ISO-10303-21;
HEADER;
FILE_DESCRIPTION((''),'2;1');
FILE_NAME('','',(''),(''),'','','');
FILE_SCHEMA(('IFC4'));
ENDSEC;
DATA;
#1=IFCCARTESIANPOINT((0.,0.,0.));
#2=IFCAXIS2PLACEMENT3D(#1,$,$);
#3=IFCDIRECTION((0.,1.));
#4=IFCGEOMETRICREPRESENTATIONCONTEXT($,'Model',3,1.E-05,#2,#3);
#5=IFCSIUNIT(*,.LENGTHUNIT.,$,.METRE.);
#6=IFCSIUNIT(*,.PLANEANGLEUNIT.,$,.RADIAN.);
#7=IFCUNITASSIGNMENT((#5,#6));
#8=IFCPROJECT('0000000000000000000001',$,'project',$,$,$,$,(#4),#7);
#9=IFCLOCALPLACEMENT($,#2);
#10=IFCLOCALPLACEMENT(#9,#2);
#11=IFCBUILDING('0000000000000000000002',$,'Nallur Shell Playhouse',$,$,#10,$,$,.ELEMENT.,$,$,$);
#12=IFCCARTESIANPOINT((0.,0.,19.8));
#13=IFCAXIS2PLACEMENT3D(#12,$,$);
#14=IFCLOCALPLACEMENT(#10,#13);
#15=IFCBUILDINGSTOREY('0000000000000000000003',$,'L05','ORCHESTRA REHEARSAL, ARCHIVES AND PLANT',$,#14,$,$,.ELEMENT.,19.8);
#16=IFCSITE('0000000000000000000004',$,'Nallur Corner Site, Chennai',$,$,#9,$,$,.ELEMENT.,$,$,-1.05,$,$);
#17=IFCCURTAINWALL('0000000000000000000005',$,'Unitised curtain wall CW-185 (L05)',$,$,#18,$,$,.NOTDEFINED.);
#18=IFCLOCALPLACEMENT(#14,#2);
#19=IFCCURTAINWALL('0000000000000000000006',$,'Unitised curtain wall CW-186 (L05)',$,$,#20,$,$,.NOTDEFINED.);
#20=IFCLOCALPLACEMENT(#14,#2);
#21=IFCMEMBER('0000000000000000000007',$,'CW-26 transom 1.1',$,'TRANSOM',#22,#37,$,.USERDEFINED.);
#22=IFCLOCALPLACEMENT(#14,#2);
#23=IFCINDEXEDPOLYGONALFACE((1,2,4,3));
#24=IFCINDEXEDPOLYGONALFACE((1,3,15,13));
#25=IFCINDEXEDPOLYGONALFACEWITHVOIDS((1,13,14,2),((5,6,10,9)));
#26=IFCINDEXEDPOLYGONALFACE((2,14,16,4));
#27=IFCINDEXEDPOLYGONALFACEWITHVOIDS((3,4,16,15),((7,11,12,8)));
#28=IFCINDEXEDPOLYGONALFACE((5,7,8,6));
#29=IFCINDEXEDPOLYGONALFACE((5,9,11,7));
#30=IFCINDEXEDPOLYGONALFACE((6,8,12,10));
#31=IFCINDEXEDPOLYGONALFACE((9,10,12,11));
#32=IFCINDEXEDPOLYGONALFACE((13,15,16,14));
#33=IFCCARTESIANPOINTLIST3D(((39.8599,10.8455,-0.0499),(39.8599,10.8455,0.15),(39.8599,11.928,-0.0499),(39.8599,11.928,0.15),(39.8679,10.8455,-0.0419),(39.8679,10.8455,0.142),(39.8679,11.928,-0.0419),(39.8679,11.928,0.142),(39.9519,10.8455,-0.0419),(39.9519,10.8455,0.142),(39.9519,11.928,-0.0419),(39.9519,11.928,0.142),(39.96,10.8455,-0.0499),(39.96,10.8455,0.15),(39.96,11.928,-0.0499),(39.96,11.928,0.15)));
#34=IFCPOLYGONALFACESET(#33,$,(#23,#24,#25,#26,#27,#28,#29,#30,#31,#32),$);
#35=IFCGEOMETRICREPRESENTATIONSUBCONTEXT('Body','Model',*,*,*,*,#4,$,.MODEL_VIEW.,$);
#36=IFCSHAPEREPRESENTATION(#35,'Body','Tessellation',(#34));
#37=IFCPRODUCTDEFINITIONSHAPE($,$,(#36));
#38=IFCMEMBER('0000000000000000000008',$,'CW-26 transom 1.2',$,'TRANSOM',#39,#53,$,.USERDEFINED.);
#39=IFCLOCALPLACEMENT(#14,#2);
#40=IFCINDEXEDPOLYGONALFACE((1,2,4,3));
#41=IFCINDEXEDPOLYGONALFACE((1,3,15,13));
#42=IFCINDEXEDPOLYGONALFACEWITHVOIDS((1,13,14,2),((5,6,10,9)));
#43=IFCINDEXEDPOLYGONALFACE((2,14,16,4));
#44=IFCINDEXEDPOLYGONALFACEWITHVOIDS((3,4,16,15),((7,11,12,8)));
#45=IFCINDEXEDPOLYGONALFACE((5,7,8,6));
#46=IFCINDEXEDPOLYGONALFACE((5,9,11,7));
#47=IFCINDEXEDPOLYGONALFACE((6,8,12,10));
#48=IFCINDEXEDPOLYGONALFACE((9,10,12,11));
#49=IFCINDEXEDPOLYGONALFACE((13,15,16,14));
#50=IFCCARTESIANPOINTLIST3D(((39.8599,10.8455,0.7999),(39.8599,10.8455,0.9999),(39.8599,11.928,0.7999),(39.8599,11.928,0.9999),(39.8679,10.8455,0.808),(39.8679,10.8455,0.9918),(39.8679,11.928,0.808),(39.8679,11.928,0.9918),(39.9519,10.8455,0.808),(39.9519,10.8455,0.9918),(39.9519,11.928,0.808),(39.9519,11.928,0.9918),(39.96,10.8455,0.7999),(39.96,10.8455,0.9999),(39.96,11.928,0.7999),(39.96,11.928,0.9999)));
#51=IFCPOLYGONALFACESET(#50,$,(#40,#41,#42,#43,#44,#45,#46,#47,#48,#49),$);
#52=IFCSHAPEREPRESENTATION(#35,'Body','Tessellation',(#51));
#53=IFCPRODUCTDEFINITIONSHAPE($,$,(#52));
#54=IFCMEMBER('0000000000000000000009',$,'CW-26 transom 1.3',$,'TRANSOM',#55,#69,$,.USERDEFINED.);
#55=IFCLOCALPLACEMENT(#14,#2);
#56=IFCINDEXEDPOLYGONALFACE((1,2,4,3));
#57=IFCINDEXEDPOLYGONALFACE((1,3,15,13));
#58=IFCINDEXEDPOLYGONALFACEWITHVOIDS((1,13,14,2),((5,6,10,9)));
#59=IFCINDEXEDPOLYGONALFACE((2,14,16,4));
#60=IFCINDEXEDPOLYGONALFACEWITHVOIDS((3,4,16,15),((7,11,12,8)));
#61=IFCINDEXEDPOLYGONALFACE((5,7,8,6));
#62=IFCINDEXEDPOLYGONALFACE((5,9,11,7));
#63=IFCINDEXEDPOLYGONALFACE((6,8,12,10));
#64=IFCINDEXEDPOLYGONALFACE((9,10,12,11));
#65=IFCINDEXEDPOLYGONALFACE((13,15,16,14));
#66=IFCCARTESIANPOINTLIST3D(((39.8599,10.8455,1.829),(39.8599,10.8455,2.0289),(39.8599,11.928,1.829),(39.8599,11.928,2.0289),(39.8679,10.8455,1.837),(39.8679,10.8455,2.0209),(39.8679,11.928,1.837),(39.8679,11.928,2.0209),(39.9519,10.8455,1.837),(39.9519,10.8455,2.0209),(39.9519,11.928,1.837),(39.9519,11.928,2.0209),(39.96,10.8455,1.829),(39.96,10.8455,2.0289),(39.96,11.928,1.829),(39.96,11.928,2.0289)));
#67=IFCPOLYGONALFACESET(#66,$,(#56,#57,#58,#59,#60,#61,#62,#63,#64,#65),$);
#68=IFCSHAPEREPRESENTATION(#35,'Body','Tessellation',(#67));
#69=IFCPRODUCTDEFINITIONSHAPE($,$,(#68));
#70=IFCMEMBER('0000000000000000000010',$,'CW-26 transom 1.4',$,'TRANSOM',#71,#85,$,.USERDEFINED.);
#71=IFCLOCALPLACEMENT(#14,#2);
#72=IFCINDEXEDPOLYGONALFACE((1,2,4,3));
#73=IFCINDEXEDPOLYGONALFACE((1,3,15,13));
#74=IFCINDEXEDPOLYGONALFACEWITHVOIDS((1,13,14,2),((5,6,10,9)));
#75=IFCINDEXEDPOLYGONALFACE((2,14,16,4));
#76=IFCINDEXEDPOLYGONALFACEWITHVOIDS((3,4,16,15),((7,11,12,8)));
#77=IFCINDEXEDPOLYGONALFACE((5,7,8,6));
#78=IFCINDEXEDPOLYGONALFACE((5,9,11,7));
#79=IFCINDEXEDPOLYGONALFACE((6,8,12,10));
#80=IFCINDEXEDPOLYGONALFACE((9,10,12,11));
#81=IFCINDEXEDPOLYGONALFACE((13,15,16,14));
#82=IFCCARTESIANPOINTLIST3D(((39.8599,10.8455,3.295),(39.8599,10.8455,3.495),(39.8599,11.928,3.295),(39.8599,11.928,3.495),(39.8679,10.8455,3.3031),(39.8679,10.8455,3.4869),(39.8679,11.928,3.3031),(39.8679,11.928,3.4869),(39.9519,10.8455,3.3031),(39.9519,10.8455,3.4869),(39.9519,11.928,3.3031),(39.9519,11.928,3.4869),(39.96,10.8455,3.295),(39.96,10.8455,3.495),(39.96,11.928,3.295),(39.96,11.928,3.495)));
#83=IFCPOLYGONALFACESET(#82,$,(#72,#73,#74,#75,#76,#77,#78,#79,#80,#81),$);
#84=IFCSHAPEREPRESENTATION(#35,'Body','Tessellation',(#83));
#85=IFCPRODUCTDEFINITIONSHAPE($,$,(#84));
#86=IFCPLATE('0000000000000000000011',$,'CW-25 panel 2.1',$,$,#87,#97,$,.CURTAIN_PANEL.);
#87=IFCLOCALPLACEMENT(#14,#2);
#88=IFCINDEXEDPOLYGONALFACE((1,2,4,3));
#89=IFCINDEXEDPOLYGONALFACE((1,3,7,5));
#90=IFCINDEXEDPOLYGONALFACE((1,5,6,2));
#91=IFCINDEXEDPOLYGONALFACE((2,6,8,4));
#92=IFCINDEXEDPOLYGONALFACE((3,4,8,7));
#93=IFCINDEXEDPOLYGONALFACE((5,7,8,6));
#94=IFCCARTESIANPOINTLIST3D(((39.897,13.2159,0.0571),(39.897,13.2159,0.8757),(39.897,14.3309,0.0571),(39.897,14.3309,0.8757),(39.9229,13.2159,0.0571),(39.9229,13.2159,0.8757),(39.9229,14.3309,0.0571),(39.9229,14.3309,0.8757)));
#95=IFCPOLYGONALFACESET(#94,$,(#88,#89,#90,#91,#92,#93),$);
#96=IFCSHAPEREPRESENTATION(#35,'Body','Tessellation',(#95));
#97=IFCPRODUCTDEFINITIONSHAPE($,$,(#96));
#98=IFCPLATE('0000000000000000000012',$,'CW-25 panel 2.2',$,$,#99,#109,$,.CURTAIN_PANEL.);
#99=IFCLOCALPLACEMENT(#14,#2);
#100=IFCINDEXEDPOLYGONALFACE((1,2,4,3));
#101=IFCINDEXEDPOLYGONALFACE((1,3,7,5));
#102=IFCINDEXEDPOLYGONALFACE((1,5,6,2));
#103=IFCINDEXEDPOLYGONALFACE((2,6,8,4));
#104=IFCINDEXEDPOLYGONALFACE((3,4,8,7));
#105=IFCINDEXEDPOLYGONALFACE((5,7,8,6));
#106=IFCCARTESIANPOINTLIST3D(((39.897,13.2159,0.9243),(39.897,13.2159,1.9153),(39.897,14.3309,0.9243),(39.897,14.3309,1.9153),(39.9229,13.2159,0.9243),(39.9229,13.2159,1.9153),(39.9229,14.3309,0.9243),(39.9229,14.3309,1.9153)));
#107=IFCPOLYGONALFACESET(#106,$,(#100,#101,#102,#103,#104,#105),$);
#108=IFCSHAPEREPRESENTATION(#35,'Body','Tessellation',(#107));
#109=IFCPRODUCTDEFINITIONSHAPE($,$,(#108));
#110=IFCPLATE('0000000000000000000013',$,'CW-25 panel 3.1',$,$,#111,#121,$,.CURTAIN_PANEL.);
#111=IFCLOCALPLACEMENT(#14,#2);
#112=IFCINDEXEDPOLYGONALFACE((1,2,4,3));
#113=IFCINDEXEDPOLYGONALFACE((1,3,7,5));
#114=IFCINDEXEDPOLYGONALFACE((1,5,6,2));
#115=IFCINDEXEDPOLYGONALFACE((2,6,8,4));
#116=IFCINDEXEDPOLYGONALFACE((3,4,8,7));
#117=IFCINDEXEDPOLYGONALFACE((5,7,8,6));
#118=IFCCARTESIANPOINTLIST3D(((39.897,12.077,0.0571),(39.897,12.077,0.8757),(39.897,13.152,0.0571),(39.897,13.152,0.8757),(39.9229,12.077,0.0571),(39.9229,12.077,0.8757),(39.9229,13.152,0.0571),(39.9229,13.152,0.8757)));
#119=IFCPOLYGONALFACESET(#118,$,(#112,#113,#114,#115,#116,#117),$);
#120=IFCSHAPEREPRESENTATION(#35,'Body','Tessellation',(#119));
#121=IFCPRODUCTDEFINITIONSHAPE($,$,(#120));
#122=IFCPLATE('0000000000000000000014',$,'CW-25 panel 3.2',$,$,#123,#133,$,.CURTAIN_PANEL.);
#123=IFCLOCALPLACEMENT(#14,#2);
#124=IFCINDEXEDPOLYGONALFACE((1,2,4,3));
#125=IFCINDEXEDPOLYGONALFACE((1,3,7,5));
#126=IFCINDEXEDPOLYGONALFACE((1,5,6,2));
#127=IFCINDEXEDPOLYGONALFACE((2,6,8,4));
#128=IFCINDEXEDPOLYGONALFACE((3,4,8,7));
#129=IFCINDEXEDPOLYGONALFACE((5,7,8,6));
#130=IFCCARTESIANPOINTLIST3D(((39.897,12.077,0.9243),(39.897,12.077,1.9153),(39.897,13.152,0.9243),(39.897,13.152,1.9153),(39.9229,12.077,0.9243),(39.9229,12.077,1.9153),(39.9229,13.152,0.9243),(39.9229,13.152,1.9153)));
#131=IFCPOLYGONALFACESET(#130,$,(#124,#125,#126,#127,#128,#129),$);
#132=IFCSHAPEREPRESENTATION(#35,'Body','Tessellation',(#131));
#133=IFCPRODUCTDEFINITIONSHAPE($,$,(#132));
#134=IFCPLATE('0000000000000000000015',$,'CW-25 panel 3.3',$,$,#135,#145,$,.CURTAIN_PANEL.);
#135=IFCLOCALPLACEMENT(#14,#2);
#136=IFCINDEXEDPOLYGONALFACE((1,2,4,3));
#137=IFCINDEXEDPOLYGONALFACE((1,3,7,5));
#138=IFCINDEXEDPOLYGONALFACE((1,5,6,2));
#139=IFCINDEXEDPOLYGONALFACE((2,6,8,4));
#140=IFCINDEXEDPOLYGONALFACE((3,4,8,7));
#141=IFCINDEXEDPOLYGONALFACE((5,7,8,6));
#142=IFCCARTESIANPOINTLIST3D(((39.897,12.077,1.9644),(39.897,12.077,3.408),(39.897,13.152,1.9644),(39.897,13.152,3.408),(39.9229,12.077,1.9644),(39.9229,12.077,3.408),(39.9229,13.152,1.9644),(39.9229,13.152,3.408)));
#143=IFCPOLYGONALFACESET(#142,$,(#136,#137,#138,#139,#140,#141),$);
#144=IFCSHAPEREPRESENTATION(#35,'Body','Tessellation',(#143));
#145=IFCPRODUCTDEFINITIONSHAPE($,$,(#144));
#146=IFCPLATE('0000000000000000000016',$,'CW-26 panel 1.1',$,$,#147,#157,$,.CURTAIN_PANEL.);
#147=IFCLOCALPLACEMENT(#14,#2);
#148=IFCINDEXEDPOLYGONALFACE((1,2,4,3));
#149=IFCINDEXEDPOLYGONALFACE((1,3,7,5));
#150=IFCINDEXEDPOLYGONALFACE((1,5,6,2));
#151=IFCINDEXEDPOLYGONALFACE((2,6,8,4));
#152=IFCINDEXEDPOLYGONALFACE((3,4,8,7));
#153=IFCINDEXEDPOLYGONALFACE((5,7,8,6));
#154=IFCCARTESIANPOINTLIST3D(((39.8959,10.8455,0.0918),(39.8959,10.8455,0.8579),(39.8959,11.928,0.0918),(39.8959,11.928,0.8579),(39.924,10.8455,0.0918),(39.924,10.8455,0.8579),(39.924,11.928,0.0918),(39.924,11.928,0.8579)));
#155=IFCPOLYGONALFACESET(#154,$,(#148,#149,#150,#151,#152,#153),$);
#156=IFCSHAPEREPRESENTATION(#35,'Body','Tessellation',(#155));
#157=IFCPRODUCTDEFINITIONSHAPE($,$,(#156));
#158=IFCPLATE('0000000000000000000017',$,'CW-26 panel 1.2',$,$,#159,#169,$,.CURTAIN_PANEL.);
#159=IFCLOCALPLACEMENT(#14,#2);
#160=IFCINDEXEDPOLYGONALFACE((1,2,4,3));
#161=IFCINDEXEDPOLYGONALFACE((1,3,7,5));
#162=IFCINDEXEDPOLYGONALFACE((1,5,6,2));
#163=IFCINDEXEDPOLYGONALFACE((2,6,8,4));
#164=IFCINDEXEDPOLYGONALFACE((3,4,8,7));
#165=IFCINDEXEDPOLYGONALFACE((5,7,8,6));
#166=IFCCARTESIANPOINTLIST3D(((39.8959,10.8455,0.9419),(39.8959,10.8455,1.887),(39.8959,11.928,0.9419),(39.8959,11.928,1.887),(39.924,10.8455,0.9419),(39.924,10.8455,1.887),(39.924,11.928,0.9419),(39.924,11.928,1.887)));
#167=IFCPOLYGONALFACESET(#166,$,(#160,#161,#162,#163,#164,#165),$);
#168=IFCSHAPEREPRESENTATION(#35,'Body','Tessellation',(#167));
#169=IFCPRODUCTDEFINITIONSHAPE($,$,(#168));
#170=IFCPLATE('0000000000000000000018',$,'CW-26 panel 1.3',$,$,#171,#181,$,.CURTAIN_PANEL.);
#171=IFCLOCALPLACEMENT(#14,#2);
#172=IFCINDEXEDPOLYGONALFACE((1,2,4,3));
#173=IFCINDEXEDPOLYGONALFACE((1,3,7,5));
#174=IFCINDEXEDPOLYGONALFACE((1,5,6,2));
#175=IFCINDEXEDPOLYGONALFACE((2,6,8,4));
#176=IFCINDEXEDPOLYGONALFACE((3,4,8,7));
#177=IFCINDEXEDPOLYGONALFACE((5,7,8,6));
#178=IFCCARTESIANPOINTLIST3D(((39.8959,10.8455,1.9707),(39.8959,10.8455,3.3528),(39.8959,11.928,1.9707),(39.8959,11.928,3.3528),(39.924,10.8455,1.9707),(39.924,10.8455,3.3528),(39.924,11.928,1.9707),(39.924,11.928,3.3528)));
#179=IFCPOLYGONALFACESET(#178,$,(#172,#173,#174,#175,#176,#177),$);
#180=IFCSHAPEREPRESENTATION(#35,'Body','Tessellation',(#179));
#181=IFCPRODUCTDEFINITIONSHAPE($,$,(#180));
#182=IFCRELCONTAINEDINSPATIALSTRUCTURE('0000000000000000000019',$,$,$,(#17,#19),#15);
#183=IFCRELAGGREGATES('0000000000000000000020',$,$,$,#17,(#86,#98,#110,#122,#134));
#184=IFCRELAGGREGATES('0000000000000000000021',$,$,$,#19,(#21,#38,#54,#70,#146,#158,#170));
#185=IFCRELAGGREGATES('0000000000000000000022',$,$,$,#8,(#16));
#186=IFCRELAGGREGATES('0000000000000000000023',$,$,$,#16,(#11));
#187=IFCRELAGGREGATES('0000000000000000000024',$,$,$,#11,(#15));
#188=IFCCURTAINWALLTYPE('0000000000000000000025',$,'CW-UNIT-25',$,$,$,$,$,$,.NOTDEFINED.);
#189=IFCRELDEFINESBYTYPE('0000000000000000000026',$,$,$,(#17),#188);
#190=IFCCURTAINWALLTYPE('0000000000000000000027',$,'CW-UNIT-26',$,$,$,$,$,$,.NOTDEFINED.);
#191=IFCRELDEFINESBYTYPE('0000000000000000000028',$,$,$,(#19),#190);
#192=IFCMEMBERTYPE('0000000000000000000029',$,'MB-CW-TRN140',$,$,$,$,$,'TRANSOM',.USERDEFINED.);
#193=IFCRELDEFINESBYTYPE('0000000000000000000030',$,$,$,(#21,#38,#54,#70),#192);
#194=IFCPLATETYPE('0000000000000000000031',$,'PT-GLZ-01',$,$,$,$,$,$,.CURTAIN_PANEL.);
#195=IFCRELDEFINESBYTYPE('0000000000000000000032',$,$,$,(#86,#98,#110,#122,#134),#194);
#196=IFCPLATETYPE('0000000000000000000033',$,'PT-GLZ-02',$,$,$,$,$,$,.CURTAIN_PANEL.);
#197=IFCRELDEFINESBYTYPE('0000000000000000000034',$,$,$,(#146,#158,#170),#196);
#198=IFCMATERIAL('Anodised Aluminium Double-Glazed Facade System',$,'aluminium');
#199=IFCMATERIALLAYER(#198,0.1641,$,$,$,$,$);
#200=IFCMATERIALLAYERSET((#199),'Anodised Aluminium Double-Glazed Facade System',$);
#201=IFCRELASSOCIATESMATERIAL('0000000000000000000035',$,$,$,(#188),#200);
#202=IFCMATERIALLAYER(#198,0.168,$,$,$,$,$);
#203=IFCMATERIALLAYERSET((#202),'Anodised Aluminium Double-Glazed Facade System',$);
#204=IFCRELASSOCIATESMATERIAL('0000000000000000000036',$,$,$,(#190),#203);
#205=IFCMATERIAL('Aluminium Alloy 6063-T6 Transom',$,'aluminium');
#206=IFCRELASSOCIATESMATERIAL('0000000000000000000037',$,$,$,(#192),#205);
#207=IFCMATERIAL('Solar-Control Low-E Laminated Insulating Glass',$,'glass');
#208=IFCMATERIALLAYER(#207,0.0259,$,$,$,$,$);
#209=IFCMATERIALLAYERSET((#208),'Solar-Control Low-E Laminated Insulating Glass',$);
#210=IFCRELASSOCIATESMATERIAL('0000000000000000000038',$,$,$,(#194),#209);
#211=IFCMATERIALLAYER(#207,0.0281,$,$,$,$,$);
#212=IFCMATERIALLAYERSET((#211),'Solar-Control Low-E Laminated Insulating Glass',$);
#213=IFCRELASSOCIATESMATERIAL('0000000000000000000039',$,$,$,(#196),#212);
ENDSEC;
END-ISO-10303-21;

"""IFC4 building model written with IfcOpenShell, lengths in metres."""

from ifc_helpers import new_model, si_unit, direction, frame, origin, origin_2d, place, context, subcontext, project, spatial, rectangle, hollow_rectangle, extrude, material, layer, layer_set, material_profile, profile_set, type_object, element, aggregate, save


model = new_model("IFC4")

# Units and contexts
model_context = context("Model", 3, precision=1e-05, world=origin(), true_north=direction((0.0, 1.0)))
body_context = subcontext(model_context, "Body", "Model", "MODEL_VIEW")
ifc_project = project(units=[si_unit("LENGTHUNIT", "METRE"), si_unit("PLANEANGLEUNIT", "RADIAN")], contexts=[model_context])

# Site, building, storey
site_placement = place(None, origin())
site = spatial("IfcSite", under=ifc_project, at=site_placement, Name="Nallur Corner Site, Chennai", CompositionType="ELEMENT", RefElevation=-1.05)
building_placement = place(site_placement, origin())
building = spatial("IfcBuilding", under=site, at=building_placement, Name="Nallur Shell Playhouse", CompositionType="ELEMENT")
storey_placement = place(building_placement, frame((0.0, 0.0, 19.8)))
storey = spatial("IfcBuildingStorey", under=building, at=storey_placement, Name="L05", Description="ORCHESTRA REHEARSAL, ARCHIVES AND PLANT", CompositionType="ELEMENT", Elevation=19.8)

# Curtain walls
ifc_material_1 = material(Name="Anodised Aluminium Double-Glazed Facade System", Category="aluminium")
ifc_layer_1 = layer(ifc_material_1, 0.1641)
ifc_layer_set_1 = layer_set([ifc_layer_1], Name="Anodised Aluminium Double-Glazed Facade System")
curtain_wall_type_1 = type_object("IfcCurtainWallType", Name="CW-UNIT-25", PredefinedType="NOTDEFINED", material=ifc_layer_set_1)
curtain_wall_1_placement = place(storey_placement, origin())
curtain_wall_1 = element("IfcCurtainWall", 1, at=curtain_wall_1_placement, inside=storey, type_object=curtain_wall_type_1, Name="Unitised curtain wall CW-185 (L05)", PredefinedType="NOTDEFINED")
ifc_layer_2 = layer(ifc_material_1, 0.168)
ifc_layer_set_2 = layer_set([ifc_layer_2], Name="Anodised Aluminium Double-Glazed Facade System")
curtain_wall_type_2 = type_object("IfcCurtainWallType", Name="CW-UNIT-26", PredefinedType="NOTDEFINED", material=ifc_layer_set_2)
curtain_wall_2_placement = place(storey_placement, origin())
curtain_wall_2 = element("IfcCurtainWall", 2, at=curtain_wall_2_placement, inside=storey, type_object=curtain_wall_type_2, Name="Unitised curtain wall CW-186 (L05)", PredefinedType="NOTDEFINED")

# Members
ifc_material_2 = material(Name="Aluminium Alloy 6063-T6 Transom", Category="aluminium")
ifc_material_profile_1 = material_profile(ifc_material_2, hollow_rectangle(XDim=0.1001, YDim=0.2, WallThickness=0.0081, at=origin_2d()), Name="RHS 200x100x8")
ifc_profile_set_1 = profile_set([ifc_material_profile_1], Name="Aluminium Alloy 6063-T6 Transom")
member_type_1 = type_object("IfcMemberType", Name="MB-CW-TRN140", ElementType="TRANSOM", PredefinedType="USERDEFINED", material=ifc_profile_set_1)
member_1_placement = place(storey_placement, frame((39.9099, 11.928, 0.05), z_axis=(0.0, -1.0, 0.0), x_axis=(1.0, 0.0, 0.0)))
member_1 = element("IfcMember", 3, at=member_1_placement, type_object=member_type_1, Name="CW-26 transom 1.1", ObjectType="TRANSOM", PredefinedType="USERDEFINED", context=body_context, shape_type="SweptSolid", body=[
    extrude(hollow_rectangle(XDim=0.1001, YDim=0.2, WallThickness=0.0081, at=origin_2d()), origin(), (0.0, 0.0, 1.0), 1.0825),
])
member_2_placement = place(storey_placement, frame((39.9099, 11.928, 0.8999), z_axis=(0.0, -1.0, 0.0), x_axis=(1.0, 0.0, 0.0)))
member_2 = element("IfcMember", 4, at=member_2_placement, type_object=member_type_1, Name="CW-26 transom 1.2", ObjectType="TRANSOM", PredefinedType="USERDEFINED", context=body_context, shape_type="SweptSolid", body=[
    extrude(hollow_rectangle(XDim=0.1001, YDim=0.2, WallThickness=0.0081, at=origin_2d()), origin(), (0.0, 0.0, 1.0), 1.0825),
])
member_3_placement = place(storey_placement, frame((39.9099, 11.928, 1.929), z_axis=(0.0, -1.0, 0.0), x_axis=(1.0, 0.0, 0.0)))
member_3 = element("IfcMember", 5, at=member_3_placement, type_object=member_type_1, Name="CW-26 transom 1.3", ObjectType="TRANSOM", PredefinedType="USERDEFINED", context=body_context, shape_type="SweptSolid", body=[
    extrude(hollow_rectangle(XDim=0.1001, YDim=0.2, WallThickness=0.0081, at=origin_2d()), origin(), (0.0, 0.0, 1.0), 1.0825),
])
member_4_placement = place(storey_placement, frame((39.9099, 11.928, 3.395), z_axis=(0.0, -1.0, 0.0), x_axis=(1.0, 0.0, 0.0)))
member_4 = element("IfcMember", 6, at=member_4_placement, type_object=member_type_1, Name="CW-26 transom 1.4", ObjectType="TRANSOM", PredefinedType="USERDEFINED", context=body_context, shape_type="SweptSolid", body=[
    extrude(hollow_rectangle(XDim=0.1001, YDim=0.2, WallThickness=0.0081, at=origin_2d()), origin(), (0.0, 0.0, 1.0), 1.0825),
])

# Plates
ifc_material_3 = material(Name="Solar-Control Low-E Laminated Insulating Glass", Category="glass")
ifc_layer_3 = layer(ifc_material_3, 0.0259)
ifc_layer_set_3 = layer_set([ifc_layer_3], Name="Solar-Control Low-E Laminated Insulating Glass")
plate_type_1 = type_object("IfcPlateType", Name="PT-GLZ-01", PredefinedType="CURTAIN_PANEL", material=ifc_layer_set_3)
plate_1_placement = place(storey_placement, frame((39.9099, 13.7734, 0.0571), z_axis=(0.0, 0.0, 1.0), x_axis=(0.0, -1.0, 0.0)))
plate_1 = element("IfcPlate", 7, at=plate_1_placement, type_object=plate_type_1, Name="CW-25 panel 2.1", PredefinedType="CURTAIN_PANEL", context=body_context, shape_type="SweptSolid", body=[
    extrude(rectangle(XDim=1.115, YDim=0.0259, at=origin_2d()), origin(), (0.0, 0.0, 1.0), 0.8186),
])
plate_2_placement = place(storey_placement, frame((39.9099, 13.7734, 0.9243), z_axis=(0.0, 0.0, 1.0), x_axis=(0.0, -1.0, 0.0)))
plate_2 = element("IfcPlate", 8, at=plate_2_placement, type_object=plate_type_1, Name="CW-25 panel 2.2", PredefinedType="CURTAIN_PANEL", context=body_context, shape_type="SweptSolid", body=[
    extrude(rectangle(XDim=1.115, YDim=0.0259, at=origin_2d()), origin(), (0.0, 0.0, 1.0), 0.991),
])
plate_3_placement = place(storey_placement, frame((39.9099, 12.6145, 0.0571), z_axis=(0.0, 0.0, 1.0), x_axis=(0.0, -1.0, 0.0)))
plate_3 = element("IfcPlate", 9, at=plate_3_placement, type_object=plate_type_1, Name="CW-25 panel 3.1", PredefinedType="CURTAIN_PANEL", context=body_context, shape_type="SweptSolid", body=[
    extrude(rectangle(XDim=1.075, YDim=0.0259, at=origin_2d()), origin(), (0.0, 0.0, 1.0), 0.8186),
])
plate_4_placement = place(storey_placement, frame((39.9099, 12.6145, 0.9243), z_axis=(0.0, 0.0, 1.0), x_axis=(0.0, -1.0, 0.0)))
plate_4 = element("IfcPlate", 10, at=plate_4_placement, type_object=plate_type_1, Name="CW-25 panel 3.2", PredefinedType="CURTAIN_PANEL", context=body_context, shape_type="SweptSolid", body=[
    extrude(rectangle(XDim=1.075, YDim=0.0259, at=origin_2d()), origin(), (0.0, 0.0, 1.0), 0.991),
])
plate_5_placement = place(storey_placement, frame((39.9099, 12.6145, 1.9644), z_axis=(0.0, 0.0, 1.0), x_axis=(0.0, -1.0, 0.0)))
plate_5 = element("IfcPlate", 11, at=plate_5_placement, type_object=plate_type_1, Name="CW-25 panel 3.3", PredefinedType="CURTAIN_PANEL", context=body_context, shape_type="SweptSolid", body=[
    extrude(rectangle(XDim=1.075, YDim=0.0259, at=origin_2d()), origin(), (0.0, 0.0, 1.0), 1.4436),
])
aggregate(curtain_wall_1, [plate_1, plate_2, plate_3, plate_4, plate_5])
ifc_layer_4 = layer(ifc_material_3, 0.0281)
ifc_layer_set_4 = layer_set([ifc_layer_4], Name="Solar-Control Low-E Laminated Insulating Glass")
plate_type_2 = type_object("IfcPlateType", Name="PT-GLZ-02", PredefinedType="CURTAIN_PANEL", material=ifc_layer_set_4)
plate_6_placement = place(storey_placement, frame((39.9099, 11.3867, 0.0918), z_axis=(0.0, 0.0, 1.0), x_axis=(0.0, -1.0, 0.0)))
plate_6 = element("IfcPlate", 12, at=plate_6_placement, type_object=plate_type_2, Name="CW-26 panel 1.1", PredefinedType="CURTAIN_PANEL", context=body_context, shape_type="SweptSolid", body=[
    extrude(rectangle(XDim=1.0825, YDim=0.0281, at=origin_2d()), origin(), (0.0, 0.0, 1.0), 0.7661),
])
plate_7_placement = place(storey_placement, frame((39.9099, 11.3867, 0.9419), z_axis=(0.0, 0.0, 1.0), x_axis=(0.0, -1.0, 0.0)))
plate_7 = element("IfcPlate", 13, at=plate_7_placement, type_object=plate_type_2, Name="CW-26 panel 1.2", PredefinedType="CURTAIN_PANEL", context=body_context, shape_type="SweptSolid", body=[
    extrude(rectangle(XDim=1.0825, YDim=0.0281, at=origin_2d()), origin(), (0.0, 0.0, 1.0), 0.9451),
])
plate_8_placement = place(storey_placement, frame((39.9099, 11.3867, 1.9707), z_axis=(0.0, 0.0, 1.0), x_axis=(0.0, -1.0, 0.0)))
plate_8 = element("IfcPlate", 14, at=plate_8_placement, type_object=plate_type_2, Name="CW-26 panel 1.3", PredefinedType="CURTAIN_PANEL", context=body_context, shape_type="SweptSolid", body=[
    extrude(rectangle(XDim=1.0825, YDim=0.0281, at=origin_2d()), origin(), (0.0, 0.0, 1.0), 1.3821),
])
aggregate(curtain_wall_2, [member_1, member_2, member_3, member_4, plate_6, plate_7, plate_8])

save(model, "model.ifc")
